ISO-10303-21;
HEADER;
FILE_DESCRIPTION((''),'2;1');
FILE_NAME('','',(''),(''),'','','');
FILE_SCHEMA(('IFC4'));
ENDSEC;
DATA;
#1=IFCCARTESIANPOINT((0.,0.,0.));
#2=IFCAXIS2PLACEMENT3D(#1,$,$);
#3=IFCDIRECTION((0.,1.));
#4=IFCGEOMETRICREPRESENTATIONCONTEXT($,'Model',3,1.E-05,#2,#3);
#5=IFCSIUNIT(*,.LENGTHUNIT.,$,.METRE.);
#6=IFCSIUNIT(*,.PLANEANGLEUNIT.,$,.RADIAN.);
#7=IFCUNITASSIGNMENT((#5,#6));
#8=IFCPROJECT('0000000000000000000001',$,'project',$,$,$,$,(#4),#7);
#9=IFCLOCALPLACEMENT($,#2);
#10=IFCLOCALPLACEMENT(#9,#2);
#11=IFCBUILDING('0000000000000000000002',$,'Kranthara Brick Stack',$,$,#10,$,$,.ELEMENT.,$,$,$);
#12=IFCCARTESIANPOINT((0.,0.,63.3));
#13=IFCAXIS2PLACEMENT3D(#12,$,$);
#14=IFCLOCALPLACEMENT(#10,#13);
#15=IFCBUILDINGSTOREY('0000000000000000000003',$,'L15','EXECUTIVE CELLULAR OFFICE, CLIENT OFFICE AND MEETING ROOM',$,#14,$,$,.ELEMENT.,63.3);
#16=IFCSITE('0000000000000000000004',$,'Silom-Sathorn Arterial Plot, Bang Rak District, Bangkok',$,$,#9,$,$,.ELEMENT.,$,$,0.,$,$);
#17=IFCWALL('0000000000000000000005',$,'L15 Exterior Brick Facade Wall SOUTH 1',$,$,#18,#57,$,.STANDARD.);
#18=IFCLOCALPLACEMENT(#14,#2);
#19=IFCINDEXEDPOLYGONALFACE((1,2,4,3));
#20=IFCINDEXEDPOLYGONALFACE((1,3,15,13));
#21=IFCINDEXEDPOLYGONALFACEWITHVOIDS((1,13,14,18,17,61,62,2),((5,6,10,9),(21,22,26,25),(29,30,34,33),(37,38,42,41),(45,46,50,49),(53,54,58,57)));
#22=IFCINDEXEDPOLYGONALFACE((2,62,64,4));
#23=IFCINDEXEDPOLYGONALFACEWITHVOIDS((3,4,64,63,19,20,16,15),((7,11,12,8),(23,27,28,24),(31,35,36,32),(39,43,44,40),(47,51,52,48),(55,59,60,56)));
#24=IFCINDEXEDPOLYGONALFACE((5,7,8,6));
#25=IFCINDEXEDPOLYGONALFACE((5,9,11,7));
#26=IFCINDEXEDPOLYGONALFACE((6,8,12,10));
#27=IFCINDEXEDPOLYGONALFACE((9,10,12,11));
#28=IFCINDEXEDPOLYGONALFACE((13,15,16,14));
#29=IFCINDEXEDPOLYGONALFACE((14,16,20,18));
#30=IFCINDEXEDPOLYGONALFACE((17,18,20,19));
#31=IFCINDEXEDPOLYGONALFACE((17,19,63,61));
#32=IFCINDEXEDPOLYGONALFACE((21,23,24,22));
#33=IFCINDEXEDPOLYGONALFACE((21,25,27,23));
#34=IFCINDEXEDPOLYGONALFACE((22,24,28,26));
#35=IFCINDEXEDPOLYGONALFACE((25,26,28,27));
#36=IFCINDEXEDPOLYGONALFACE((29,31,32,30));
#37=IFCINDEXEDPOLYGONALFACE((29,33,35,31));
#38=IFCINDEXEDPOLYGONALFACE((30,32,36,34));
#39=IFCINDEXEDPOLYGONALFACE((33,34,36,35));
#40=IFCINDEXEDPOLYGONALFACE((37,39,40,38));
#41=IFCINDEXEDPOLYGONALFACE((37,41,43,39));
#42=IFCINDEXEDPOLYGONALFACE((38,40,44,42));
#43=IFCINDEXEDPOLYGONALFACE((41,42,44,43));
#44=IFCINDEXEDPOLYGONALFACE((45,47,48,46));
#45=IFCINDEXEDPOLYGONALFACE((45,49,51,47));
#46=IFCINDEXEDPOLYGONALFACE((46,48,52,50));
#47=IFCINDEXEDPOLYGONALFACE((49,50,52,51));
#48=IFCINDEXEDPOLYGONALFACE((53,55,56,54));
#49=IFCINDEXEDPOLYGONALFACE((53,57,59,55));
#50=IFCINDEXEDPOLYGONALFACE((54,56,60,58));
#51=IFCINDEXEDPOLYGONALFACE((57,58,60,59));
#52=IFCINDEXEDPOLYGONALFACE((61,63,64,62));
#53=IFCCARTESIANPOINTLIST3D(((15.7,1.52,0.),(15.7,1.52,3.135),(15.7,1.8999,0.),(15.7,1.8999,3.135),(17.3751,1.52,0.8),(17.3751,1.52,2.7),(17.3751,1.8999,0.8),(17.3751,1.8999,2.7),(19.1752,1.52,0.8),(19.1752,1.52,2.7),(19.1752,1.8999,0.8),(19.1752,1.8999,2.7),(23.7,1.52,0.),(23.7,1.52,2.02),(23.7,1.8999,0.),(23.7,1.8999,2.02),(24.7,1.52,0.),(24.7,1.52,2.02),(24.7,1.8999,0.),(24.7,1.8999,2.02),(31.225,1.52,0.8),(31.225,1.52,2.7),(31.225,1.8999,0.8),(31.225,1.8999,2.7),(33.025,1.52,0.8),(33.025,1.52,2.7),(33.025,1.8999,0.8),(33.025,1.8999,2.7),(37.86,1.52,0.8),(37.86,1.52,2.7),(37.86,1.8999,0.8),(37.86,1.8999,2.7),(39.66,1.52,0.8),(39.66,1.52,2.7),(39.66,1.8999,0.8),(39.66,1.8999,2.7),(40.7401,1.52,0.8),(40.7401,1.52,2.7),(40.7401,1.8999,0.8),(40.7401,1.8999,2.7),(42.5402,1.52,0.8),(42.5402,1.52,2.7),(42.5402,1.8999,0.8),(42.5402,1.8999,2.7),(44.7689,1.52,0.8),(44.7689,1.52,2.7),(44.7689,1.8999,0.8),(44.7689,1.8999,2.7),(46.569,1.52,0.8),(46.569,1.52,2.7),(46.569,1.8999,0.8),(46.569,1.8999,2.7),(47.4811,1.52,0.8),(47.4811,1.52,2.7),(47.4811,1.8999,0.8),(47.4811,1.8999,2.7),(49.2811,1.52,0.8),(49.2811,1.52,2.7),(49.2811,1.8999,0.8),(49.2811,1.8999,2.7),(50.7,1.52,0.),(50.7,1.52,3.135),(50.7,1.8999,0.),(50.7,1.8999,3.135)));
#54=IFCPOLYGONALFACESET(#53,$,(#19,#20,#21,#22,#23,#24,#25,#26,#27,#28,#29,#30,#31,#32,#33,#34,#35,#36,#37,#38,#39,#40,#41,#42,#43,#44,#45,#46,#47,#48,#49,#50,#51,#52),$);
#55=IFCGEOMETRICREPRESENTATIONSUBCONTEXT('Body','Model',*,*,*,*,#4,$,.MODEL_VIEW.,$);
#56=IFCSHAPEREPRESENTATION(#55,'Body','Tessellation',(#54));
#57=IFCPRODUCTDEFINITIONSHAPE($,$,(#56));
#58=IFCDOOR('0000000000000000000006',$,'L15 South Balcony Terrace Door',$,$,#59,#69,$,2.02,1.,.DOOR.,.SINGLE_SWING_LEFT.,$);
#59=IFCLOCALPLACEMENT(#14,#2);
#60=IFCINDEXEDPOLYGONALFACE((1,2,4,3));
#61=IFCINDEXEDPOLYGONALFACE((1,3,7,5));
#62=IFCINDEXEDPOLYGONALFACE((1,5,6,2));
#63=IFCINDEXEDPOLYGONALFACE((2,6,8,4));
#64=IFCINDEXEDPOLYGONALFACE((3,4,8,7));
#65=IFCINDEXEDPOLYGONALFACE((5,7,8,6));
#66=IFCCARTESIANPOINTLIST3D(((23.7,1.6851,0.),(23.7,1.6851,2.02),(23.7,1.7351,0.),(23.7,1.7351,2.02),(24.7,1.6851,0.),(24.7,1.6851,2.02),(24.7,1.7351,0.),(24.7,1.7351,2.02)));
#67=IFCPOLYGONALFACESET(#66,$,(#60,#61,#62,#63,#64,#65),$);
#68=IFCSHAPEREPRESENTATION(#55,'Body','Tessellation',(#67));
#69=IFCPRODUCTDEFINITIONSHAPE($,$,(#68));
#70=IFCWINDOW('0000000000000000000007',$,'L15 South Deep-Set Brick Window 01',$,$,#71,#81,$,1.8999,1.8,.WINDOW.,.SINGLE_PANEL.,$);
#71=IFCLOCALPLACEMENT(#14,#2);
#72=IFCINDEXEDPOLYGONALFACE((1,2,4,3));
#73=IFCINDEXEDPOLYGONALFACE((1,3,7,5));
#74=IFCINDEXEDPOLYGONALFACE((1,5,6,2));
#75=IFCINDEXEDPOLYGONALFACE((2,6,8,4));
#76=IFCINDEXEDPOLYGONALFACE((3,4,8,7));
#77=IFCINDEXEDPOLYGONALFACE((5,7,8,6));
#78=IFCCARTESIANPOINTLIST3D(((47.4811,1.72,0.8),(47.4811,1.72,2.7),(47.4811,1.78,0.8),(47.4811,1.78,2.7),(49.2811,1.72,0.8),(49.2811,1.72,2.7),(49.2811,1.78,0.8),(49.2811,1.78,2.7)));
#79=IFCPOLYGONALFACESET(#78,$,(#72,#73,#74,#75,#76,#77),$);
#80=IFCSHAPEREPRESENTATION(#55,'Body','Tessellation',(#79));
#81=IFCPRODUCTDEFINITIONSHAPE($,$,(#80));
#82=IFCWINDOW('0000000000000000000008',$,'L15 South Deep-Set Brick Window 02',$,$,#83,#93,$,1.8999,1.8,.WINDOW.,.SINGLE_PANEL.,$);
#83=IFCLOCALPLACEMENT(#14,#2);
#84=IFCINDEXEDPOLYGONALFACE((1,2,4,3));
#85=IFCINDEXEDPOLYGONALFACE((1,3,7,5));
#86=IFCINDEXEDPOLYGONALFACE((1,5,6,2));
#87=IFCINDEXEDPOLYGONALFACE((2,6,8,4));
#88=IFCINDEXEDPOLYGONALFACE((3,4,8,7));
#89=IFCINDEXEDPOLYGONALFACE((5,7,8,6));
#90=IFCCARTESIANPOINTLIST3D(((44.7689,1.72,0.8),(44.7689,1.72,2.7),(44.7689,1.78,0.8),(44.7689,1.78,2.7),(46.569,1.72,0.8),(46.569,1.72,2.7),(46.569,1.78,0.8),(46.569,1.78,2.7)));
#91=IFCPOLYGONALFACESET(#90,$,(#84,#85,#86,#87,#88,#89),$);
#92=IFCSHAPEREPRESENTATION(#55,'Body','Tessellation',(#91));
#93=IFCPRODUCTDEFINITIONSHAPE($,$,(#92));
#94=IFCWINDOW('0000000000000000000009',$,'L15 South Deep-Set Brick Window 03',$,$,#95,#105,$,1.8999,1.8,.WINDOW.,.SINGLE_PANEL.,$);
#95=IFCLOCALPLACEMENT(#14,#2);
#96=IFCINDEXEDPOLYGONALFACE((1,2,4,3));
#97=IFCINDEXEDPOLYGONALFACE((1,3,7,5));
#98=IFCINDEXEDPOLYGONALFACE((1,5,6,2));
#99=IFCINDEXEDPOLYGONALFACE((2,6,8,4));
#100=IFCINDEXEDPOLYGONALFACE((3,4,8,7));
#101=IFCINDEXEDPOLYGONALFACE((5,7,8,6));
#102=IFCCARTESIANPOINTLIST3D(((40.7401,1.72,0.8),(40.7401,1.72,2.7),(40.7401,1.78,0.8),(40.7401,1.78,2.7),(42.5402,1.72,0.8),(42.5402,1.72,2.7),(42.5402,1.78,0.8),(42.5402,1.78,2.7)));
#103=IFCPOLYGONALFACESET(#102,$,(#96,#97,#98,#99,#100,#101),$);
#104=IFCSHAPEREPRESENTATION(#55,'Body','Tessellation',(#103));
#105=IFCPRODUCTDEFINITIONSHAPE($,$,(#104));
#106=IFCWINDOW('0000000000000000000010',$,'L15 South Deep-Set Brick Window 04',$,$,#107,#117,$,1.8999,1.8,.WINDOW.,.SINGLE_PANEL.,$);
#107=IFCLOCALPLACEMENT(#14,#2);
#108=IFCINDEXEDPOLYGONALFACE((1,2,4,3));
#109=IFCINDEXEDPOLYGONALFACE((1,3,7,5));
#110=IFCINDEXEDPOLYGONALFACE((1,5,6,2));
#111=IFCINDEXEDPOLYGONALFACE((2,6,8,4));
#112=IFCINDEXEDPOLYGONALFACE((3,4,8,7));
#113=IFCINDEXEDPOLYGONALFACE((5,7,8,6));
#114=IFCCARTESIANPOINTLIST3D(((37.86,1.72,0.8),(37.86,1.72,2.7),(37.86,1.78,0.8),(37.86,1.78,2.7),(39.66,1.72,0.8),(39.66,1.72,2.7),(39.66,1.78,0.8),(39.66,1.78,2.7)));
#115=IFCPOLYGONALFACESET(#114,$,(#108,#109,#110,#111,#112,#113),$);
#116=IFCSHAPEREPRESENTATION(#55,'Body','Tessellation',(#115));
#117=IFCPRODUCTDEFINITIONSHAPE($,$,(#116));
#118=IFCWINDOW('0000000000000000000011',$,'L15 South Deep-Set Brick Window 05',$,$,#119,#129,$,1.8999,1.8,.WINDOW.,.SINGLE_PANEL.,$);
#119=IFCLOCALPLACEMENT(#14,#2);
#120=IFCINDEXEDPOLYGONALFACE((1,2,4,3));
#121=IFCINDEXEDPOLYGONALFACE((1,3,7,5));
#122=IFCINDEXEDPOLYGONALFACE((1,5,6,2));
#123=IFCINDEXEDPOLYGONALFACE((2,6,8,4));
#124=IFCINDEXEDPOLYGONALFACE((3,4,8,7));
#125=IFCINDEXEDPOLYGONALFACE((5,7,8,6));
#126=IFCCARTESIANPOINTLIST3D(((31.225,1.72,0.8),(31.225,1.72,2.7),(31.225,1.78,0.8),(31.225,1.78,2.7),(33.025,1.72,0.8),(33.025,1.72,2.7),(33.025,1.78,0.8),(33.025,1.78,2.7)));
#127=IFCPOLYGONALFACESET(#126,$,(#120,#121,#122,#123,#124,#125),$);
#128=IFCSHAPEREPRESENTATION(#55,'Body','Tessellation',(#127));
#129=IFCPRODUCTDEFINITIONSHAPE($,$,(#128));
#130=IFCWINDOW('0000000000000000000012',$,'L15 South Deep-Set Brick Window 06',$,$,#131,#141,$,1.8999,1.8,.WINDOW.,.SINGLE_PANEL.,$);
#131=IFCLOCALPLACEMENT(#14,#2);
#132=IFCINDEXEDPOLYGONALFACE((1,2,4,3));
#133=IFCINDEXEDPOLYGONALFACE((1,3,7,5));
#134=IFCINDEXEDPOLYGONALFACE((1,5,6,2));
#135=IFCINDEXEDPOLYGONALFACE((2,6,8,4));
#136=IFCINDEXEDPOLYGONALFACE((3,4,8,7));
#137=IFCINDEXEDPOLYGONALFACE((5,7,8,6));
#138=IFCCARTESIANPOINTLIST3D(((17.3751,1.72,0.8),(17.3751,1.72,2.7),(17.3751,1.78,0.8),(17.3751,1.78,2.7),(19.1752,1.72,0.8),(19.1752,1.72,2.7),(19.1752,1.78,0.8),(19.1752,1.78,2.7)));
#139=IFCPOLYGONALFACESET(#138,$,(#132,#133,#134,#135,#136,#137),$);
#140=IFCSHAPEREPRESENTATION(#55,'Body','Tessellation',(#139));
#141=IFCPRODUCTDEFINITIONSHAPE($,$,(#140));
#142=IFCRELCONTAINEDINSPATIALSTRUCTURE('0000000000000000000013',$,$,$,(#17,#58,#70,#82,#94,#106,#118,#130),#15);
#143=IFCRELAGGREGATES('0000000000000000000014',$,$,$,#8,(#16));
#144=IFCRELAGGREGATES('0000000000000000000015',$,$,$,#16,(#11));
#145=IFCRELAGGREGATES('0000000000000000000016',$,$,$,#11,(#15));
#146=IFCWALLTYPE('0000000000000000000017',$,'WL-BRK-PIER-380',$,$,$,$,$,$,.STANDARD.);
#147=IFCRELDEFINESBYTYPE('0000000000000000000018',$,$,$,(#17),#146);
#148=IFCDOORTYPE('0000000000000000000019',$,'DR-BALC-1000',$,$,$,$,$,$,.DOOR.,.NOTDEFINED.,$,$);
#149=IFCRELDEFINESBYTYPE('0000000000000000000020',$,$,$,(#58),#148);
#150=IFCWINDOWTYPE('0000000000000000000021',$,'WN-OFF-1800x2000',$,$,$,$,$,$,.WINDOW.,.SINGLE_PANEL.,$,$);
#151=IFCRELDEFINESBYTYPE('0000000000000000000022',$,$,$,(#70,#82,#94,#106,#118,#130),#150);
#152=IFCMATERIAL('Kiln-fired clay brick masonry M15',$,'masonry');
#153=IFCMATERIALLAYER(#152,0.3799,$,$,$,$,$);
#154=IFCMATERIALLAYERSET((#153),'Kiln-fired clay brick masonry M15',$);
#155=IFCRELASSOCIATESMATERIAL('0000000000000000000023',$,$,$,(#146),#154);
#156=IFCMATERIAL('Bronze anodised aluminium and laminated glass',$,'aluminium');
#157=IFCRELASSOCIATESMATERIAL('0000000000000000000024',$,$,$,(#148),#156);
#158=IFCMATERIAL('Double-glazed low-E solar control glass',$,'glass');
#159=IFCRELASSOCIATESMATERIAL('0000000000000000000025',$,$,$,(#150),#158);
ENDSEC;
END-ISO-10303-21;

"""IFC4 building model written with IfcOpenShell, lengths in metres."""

from ifc_helpers import new_model, si_unit, direction, frame, frame_2d, origin, place, context, subcontext, project, spatial, rectangle, extrude, material, layer, layer_set, type_object, element, fill, save


model = new_model("IFC4")

# Units and contexts
model_context = context("Model", 3, precision=1e-05, world=origin(), true_north=direction((0.0, 1.0)))
body_context = subcontext(model_context, "Body", "Model", "MODEL_VIEW")
ifc_project = project(units=[si_unit("LENGTHUNIT", "METRE"), si_unit("PLANEANGLEUNIT", "RADIAN")], contexts=[model_context])

# Site, building, storey
site_placement = place(None, origin())
site = spatial("IfcSite", under=ifc_project, at=site_placement, Name="Silom-Sathorn Arterial Plot, Bang Rak District, Bangkok", CompositionType="ELEMENT", RefElevation=0.0)
building_placement = place(site_placement, origin())
building = spatial("IfcBuilding", under=site, at=building_placement, Name="Kranthara Brick Stack", CompositionType="ELEMENT")
storey_placement = place(building_placement, frame((0.0, 0.0, 63.3)))
storey = spatial("IfcBuildingStorey", under=building, at=storey_placement, Name="L15", Description="EXECUTIVE CELLULAR OFFICE, CLIENT OFFICE AND MEETING ROOM", CompositionType="ELEMENT", Elevation=63.3)

# Wall, openings, door, windows
ifc_material_1 = material(Name="Kiln-fired clay brick masonry M15", Category="masonry")
ifc_layer_1 = layer(ifc_material_1, 0.3799)
ifc_layer_set_1 = layer_set([ifc_layer_1], Name="Kiln-fired clay brick masonry M15")
wall_type_1 = type_object("IfcWallType", Name="WL-BRK-PIER-380", PredefinedType="STANDARD", material=ifc_layer_set_1)
wall_1_placement = place(storey_placement, frame((50.7, 1.71, 0.0), z_axis=(0.0, 0.0, 1.0), x_axis=(-1.0, 0.0, 0.0)))
wall_1 = element("IfcWall", 1, at=wall_1_placement, inside=storey, type_object=wall_type_1, Name="L15 Exterior Brick Facade Wall SOUTH 1", PredefinedType="STANDARD", context=body_context, shape_type="SweptSolid", body=[
    extrude(rectangle(XDim=35.0, YDim=0.3799, at=frame_2d((17.5, 0.0))), origin(), (0.0, 0.0, 1.0), 3.135),
])
opening_1_placement = place(wall_1_placement, frame((26.0, 0.0, 0.0)))
opening_1 = element("IfcOpeningElement", 2, at=opening_1_placement, cuts=wall_1, PredefinedType="OPENING", context=body_context, shape_type="SweptSolid", body=[
    extrude(rectangle(XDim=1.0, YDim=2.02, at=frame_2d((0.5, 1.01))), frame((0.0, 0.2, 0.0), z_axis=(0.0, -1.0, 0.0), x_axis=(1.0, 0.0, 0.0)), (0.0, 0.0, 1.0), 0.3999),
])
opening_2_placement = place(wall_1_placement, frame((1.4189, 0.0, 0.8)))
opening_2 = element("IfcOpeningElement", 3, at=opening_2_placement, cuts=wall_1, PredefinedType="OPENING", context=body_context, shape_type="SweptSolid", body=[
    extrude(rectangle(XDim=1.8, YDim=1.8999, at=frame_2d((0.8999, 0.95))), frame((0.0, 0.2, 0.0), z_axis=(0.0, -1.0, 0.0), x_axis=(1.0, 0.0, 0.0)), (0.0, 0.0, 1.0), 0.3999),
])
opening_3_placement = place(wall_1_placement, frame((4.1311, 0.0, 0.8)))
opening_3 = element("IfcOpeningElement", 4, at=opening_3_placement, cuts=wall_1, PredefinedType="OPENING", context=body_context, shape_type="SweptSolid", body=[
    extrude(rectangle(XDim=1.8, YDim=1.8999, at=frame_2d((0.8999, 0.95))), frame((0.0, 0.2, 0.0), z_axis=(0.0, -1.0, 0.0), x_axis=(1.0, 0.0, 0.0)), (0.0, 0.0, 1.0), 0.3999),
])
opening_4_placement = place(wall_1_placement, frame((8.1599, 0.0, 0.8)))
opening_4 = element("IfcOpeningElement", 5, at=opening_4_placement, cuts=wall_1, PredefinedType="OPENING", context=body_context, shape_type="SweptSolid", body=[
    extrude(rectangle(XDim=1.8, YDim=1.8999, at=frame_2d((0.8999, 0.95))), frame((0.0, 0.2, 0.0), z_axis=(0.0, -1.0, 0.0), x_axis=(1.0, 0.0, 0.0)), (0.0, 0.0, 1.0), 0.3999),
])
opening_5_placement = place(wall_1_placement, frame((11.04, 0.0, 0.8)))
opening_5 = element("IfcOpeningElement", 6, at=opening_5_placement, cuts=wall_1, PredefinedType="OPENING", context=body_context, shape_type="SweptSolid", body=[
    extrude(rectangle(XDim=1.8, YDim=1.8999, at=frame_2d((0.8999, 0.95))), frame((0.0, 0.2, 0.0), z_axis=(0.0, -1.0, 0.0), x_axis=(1.0, 0.0, 0.0)), (0.0, 0.0, 1.0), 0.3999),
])
opening_6_placement = place(wall_1_placement, frame((17.675, 0.0, 0.8)))
opening_6 = element("IfcOpeningElement", 7, at=opening_6_placement, cuts=wall_1, PredefinedType="OPENING", context=body_context, shape_type="SweptSolid", body=[
    extrude(rectangle(XDim=1.8, YDim=1.8999, at=frame_2d((0.8999, 0.95))), frame((0.0, 0.2, 0.0), z_axis=(0.0, -1.0, 0.0), x_axis=(1.0, 0.0, 0.0)), (0.0, 0.0, 1.0), 0.3999),
])
opening_7_placement = place(wall_1_placement, frame((31.5249, 0.0, 0.8)))
opening_7 = element("IfcOpeningElement", 8, at=opening_7_placement, cuts=wall_1, PredefinedType="OPENING", context=body_context, shape_type="SweptSolid", body=[
    extrude(rectangle(XDim=1.8, YDim=1.8999, at=frame_2d((0.8999, 0.95))), frame((0.0, 0.2, 0.0), z_axis=(0.0, -1.0, 0.0), x_axis=(1.0, 0.0, 0.0)), (0.0, 0.0, 1.0), 0.3999),
])
ifc_material_2 = material(Name="Bronze anodised aluminium and laminated glass", Category="aluminium")
door_type_1 = type_object("IfcDoorType", Name="DR-BALC-1000", OperationType="NOTDEFINED", PredefinedType="DOOR", material=ifc_material_2)
door_1_placement = place(opening_1_placement, origin())
door_1 = element("IfcDoor", 9, at=door_1_placement, inside=storey, type_object=door_type_1, Name="L15 South Balcony Terrace Door", OperationType="SINGLE_SWING_LEFT", OverallHeight=2.02, OverallWidth=1.0, PredefinedType="DOOR", context=body_context, shape_type="SweptSolid", body=[
    extrude(rectangle(XDim=1.0, YDim=2.02, at=frame_2d((0.5, 1.01))), frame((0.0, 0.0249, 0.0), z_axis=(0.0, -1.0, 0.0), x_axis=(1.0, 0.0, 0.0)), (0.0, 0.0, 1.0), 0.05),
])
fill(opening_1, door_1)
ifc_material_3 = material(Name="Double-glazed low-E solar control glass", Category="glass")
window_type_1 = type_object("IfcWindowType", Name="WN-OFF-1800x2000", PartitioningType="SINGLE_PANEL", PredefinedType="WINDOW", material=ifc_material_3)
window_1_placement = place(opening_2_placement, origin())
window_1 = element("IfcWindow", 10, at=window_1_placement, inside=storey, type_object=window_type_1, Name="L15 South Deep-Set Brick Window 01", OverallHeight=1.8999, OverallWidth=1.8, PartitioningType="SINGLE_PANEL", PredefinedType="WINDOW", context=body_context, shape_type="SweptSolid", body=[
    extrude(rectangle(XDim=1.8, YDim=1.8999, at=frame_2d((0.8999, 0.95))), frame((0.0, -0.01, 0.0), z_axis=(0.0, -1.0, 0.0), x_axis=(1.0, 0.0, 0.0)), (0.0, 0.0, 1.0), 0.0601),
])
fill(opening_2, window_1)
window_2_placement = place(opening_3_placement, origin())
window_2 = element("IfcWindow", 11, at=window_2_placement, inside=storey, type_object=window_type_1, Name="L15 South Deep-Set Brick Window 02", OverallHeight=1.8999, OverallWidth=1.8, PartitioningType="SINGLE_PANEL", PredefinedType="WINDOW", context=body_context, shape_type="SweptSolid", body=[
    extrude(rectangle(XDim=1.8, YDim=1.8999, at=frame_2d((0.8999, 0.95))), frame((0.0, -0.01, 0.0), z_axis=(0.0, -1.0, 0.0), x_axis=(1.0, 0.0, 0.0)), (0.0, 0.0, 1.0), 0.0601),
])
fill(opening_3, window_2)
window_3_placement = place(opening_4_placement, origin())
window_3 = element("IfcWindow", 12, at=window_3_placement, inside=storey, type_object=window_type_1, Name="L15 South Deep-Set Brick Window 03", OverallHeight=1.8999, OverallWidth=1.8, PartitioningType="SINGLE_PANEL", PredefinedType="WINDOW", context=body_context, shape_type="SweptSolid", body=[
    extrude(rectangle(XDim=1.8, YDim=1.8999, at=frame_2d((0.8999, 0.95))), frame((0.0, -0.01, 0.0), z_axis=(0.0, -1.0, 0.0), x_axis=(1.0, 0.0, 0.0)), (0.0, 0.0, 1.0), 0.0601),
])
fill(opening_4, window_3)
window_4_placement = place(opening_5_placement, origin())
window_4 = element("IfcWindow", 13, at=window_4_placement, inside=storey, type_object=window_type_1, Name="L15 South Deep-Set Brick Window 04", OverallHeight=1.8999, OverallWidth=1.8, PartitioningType="SINGLE_PANEL", PredefinedType="WINDOW", context=body_context, shape_type="SweptSolid", body=[
    extrude(rectangle(XDim=1.8, YDim=1.8999, at=frame_2d((0.8999, 0.95))), frame((0.0, -0.01, 0.0), z_axis=(0.0, -1.0, 0.0), x_axis=(1.0, 0.0, 0.0)), (0.0, 0.0, 1.0), 0.0601),
])
fill(opening_5, window_4)
window_5_placement = place(opening_6_placement, origin())
window_5 = element("IfcWindow", 14, at=window_5_placement, inside=storey, type_object=window_type_1, Name="L15 South Deep-Set Brick Window 05", OverallHeight=1.8999, OverallWidth=1.8, PartitioningType="SINGLE_PANEL", PredefinedType="WINDOW", context=body_context, shape_type="SweptSolid", body=[
    extrude(rectangle(XDim=1.8, YDim=1.8999, at=frame_2d((0.8999, 0.95))), frame((0.0, -0.01, 0.0), z_axis=(0.0, -1.0, 0.0), x_axis=(1.0, 0.0, 0.0)), (0.0, 0.0, 1.0), 0.0601),
])
fill(opening_6, window_5)
window_6_placement = place(opening_7_placement, origin())
window_6 = element("IfcWindow", 15, at=window_6_placement, inside=storey, type_object=window_type_1, Name="L15 South Deep-Set Brick Window 06", OverallHeight=1.8999, OverallWidth=1.8, PartitioningType="SINGLE_PANEL", PredefinedType="WINDOW", context=body_context, shape_type="SweptSolid", body=[
    extrude(rectangle(XDim=1.8, YDim=1.8999, at=frame_2d((0.8999, 0.95))), frame((0.0, -0.01, 0.0), z_axis=(0.0, -1.0, 0.0), x_axis=(1.0, 0.0, 0.0)), (0.0, 0.0, 1.0), 0.0601),
])
fill(opening_7, window_6)

save(model, "model.ifc")
